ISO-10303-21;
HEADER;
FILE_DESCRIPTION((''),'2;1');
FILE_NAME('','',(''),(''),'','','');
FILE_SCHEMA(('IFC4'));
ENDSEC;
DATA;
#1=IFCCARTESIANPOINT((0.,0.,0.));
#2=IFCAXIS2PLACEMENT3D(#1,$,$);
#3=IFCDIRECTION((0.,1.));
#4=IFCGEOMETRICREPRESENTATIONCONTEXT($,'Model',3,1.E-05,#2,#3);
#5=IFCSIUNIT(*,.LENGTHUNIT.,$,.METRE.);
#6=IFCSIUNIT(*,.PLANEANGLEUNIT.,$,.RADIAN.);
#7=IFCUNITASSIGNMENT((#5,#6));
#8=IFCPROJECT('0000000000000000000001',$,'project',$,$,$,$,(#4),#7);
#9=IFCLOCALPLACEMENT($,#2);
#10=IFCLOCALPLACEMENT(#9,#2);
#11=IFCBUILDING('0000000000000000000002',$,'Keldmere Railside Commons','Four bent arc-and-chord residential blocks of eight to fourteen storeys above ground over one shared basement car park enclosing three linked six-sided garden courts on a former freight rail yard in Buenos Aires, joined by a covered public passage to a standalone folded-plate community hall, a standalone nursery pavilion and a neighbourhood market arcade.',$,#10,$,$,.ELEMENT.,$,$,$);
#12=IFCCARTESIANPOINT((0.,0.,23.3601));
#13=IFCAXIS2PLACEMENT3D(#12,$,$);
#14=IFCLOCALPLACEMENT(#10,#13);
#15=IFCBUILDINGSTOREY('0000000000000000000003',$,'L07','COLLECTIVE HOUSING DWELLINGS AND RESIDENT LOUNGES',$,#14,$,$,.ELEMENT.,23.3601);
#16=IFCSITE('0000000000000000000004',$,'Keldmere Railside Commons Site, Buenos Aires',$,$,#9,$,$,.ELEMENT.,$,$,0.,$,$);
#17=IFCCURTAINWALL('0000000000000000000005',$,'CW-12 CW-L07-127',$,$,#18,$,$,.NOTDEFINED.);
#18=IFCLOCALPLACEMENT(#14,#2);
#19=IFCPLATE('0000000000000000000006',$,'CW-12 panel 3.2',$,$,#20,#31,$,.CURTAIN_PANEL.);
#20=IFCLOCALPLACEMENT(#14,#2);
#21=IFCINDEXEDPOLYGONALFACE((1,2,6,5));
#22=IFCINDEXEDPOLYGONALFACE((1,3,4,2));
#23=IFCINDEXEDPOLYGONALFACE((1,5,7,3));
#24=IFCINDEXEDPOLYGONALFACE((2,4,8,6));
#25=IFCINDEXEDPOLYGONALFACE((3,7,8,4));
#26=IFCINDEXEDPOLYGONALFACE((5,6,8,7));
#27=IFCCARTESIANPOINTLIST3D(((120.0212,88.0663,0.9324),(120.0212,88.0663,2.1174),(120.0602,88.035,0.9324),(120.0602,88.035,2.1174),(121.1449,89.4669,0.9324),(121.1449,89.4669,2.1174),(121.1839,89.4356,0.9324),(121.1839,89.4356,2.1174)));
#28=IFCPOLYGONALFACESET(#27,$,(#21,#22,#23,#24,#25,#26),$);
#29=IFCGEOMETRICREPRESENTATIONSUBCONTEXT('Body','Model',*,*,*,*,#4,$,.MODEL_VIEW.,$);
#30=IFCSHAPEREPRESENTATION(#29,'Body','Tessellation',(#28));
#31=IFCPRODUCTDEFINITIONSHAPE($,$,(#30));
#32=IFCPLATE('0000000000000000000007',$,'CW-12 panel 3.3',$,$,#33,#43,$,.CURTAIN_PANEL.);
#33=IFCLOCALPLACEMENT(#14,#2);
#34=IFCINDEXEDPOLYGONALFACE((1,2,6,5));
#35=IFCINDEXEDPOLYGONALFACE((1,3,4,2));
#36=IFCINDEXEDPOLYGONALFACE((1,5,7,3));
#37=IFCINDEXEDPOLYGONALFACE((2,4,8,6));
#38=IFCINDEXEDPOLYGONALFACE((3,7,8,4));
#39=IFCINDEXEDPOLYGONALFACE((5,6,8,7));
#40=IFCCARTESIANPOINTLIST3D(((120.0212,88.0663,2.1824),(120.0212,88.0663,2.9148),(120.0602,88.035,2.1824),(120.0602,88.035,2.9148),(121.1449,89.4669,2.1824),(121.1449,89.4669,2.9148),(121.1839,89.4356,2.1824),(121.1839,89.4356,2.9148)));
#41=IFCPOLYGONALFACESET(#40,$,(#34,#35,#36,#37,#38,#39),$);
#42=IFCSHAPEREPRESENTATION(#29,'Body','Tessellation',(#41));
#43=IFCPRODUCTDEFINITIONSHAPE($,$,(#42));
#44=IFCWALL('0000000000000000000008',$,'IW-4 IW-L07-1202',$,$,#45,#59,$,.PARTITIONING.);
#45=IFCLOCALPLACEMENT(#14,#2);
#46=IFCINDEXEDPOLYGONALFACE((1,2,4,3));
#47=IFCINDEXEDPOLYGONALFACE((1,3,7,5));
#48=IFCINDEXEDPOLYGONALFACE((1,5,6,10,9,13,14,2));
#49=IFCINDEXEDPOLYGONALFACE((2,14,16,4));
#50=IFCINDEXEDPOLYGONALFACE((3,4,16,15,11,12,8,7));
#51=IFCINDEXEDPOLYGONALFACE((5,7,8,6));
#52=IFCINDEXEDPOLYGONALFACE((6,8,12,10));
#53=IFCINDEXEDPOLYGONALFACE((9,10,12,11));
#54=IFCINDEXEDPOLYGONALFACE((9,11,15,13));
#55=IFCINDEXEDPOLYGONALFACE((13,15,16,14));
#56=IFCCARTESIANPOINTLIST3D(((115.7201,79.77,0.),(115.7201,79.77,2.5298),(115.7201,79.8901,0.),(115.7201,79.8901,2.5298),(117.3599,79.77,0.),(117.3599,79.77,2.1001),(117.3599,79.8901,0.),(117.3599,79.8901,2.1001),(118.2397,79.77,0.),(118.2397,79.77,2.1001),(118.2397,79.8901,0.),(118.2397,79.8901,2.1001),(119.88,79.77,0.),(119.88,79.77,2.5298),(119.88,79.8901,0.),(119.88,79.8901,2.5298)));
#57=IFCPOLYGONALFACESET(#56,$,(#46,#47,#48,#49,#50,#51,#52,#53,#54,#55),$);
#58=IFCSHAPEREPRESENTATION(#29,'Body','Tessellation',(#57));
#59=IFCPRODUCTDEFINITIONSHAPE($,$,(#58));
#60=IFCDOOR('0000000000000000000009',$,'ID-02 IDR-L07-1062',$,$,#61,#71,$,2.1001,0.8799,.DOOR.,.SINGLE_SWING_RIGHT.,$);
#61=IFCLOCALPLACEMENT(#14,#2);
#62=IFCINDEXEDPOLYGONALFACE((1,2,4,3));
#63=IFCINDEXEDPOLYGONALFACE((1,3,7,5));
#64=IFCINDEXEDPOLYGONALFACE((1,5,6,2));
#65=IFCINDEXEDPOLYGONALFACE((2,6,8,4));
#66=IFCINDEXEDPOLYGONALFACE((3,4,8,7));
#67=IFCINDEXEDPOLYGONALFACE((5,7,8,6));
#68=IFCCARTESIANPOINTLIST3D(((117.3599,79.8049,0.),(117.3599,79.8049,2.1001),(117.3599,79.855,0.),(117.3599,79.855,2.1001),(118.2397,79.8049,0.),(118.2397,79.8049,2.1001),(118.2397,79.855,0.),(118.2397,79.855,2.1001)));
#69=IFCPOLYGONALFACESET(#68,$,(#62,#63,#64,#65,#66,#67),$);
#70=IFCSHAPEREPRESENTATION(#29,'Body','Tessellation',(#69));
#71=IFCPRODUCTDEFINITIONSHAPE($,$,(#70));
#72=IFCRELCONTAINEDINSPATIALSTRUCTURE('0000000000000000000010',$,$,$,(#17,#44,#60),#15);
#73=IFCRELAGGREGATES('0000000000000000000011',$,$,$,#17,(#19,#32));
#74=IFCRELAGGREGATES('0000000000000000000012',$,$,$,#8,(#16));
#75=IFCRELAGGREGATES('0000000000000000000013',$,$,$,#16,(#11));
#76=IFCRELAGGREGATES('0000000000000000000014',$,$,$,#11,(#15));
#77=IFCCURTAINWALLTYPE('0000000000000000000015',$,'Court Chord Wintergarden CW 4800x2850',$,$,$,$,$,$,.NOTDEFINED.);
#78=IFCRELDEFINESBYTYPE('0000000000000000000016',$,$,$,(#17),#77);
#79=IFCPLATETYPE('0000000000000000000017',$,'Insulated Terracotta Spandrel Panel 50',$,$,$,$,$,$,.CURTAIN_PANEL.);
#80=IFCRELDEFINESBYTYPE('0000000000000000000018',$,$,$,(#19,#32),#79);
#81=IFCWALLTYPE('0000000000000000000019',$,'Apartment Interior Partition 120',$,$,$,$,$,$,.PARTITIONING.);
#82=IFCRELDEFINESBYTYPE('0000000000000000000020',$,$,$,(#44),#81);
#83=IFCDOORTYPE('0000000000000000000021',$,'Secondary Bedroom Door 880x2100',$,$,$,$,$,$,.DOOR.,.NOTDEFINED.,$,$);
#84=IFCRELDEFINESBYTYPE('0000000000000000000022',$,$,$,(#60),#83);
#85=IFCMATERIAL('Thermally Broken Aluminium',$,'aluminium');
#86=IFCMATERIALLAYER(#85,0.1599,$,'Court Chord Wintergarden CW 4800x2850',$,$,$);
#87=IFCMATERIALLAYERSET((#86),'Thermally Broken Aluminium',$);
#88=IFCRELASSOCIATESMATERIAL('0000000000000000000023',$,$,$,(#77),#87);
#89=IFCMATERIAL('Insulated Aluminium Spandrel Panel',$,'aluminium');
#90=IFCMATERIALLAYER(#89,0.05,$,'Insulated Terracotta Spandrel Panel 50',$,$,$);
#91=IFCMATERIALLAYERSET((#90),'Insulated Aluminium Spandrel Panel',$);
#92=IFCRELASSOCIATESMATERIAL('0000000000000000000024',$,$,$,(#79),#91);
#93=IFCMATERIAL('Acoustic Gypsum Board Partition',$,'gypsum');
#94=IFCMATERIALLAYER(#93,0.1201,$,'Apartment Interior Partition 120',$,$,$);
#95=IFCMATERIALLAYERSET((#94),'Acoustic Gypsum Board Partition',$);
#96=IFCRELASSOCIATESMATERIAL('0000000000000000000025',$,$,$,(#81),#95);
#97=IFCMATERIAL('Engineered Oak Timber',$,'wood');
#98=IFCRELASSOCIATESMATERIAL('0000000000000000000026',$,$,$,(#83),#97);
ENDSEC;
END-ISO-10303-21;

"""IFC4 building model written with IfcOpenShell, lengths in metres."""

from ifc_helpers import new_model, si_unit, direction, frame, frame_2d, origin, origin_2d, place, context, subcontext, project, spatial, rectangle, extrude, material, layer, layer_set, type_object, element, fill, aggregate, save


model = new_model("IFC4")

# Units and contexts
model_context = context("Model", 3, precision=1e-05, world=origin(), true_north=direction((0.0, 1.0)))
body_context = subcontext(model_context, "Body", "Model", "MODEL_VIEW")
ifc_project = project(units=[si_unit("LENGTHUNIT", "METRE"), si_unit("PLANEANGLEUNIT", "RADIAN")], contexts=[model_context])

# Site, building, storey
site_placement = place(None, origin())
site = spatial("IfcSite", under=ifc_project, at=site_placement, Name="Keldmere Railside Commons Site, Buenos Aires", CompositionType="ELEMENT", RefElevation=0.0)
building_placement = place(site_placement, origin())
building = spatial("IfcBuilding", under=site, at=building_placement, Name="Keldmere Railside Commons", Description="Four bent arc-and-chord residential blocks of eight to fourteen storeys above ground over one shared basement car park enclosing three linked six-sided garden courts on a former freight rail yard in Buenos Aires, joined by a covered public passage to a standalone folded-plate community hall, a standalone nursery pavilion and a neighbourhood market arcade.", CompositionType="ELEMENT")
storey_placement = place(building_placement, frame((0.0, 0.0, 23.3601)))
storey = spatial("IfcBuildingStorey", under=building, at=storey_placement, Name="L07", Description="COLLECTIVE HOUSING DWELLINGS AND RESIDENT LOUNGES", CompositionType="ELEMENT", Elevation=23.3601)

# Curtain wall, plates
ifc_material_1 = material(Name="Thermally Broken Aluminium", Category="aluminium")
ifc_layer_1 = layer(ifc_material_1, 0.1599, Name="Court Chord Wintergarden CW 4800x2850")
ifc_layer_set_1 = layer_set([ifc_layer_1], Name="Thermally Broken Aluminium")
curtain_wall_type = type_object("IfcCurtainWallType", Name="Court Chord Wintergarden CW 4800x2850", PredefinedType="NOTDEFINED", material=ifc_layer_set_1)
curtain_wall_placement = place(storey_placement, origin())
curtain_wall = element("IfcCurtainWall", 1, at=curtain_wall_placement, inside=storey, type_object=curtain_wall_type, Name="CW-12 CW-L07-127", PredefinedType="NOTDEFINED")
ifc_material_2 = material(Name="Insulated Aluminium Spandrel Panel", Category="aluminium")
ifc_layer_2 = layer(ifc_material_2, 0.05, Name="Insulated Terracotta Spandrel Panel 50")
ifc_layer_set_2 = layer_set([ifc_layer_2], Name="Insulated Aluminium Spandrel Panel")
plate_type = type_object("IfcPlateType", Name="Insulated Terracotta Spandrel Panel 50", PredefinedType="CURTAIN_PANEL", material=ifc_layer_set_2)
plate_1_placement = place(storey_placement, frame((120.6025, 88.751, 0.9324), z_axis=(0.0, 0.0, 1.0), x_axis=(-0.625768, -0.780009, 0.0)))
plate_1 = element("IfcPlate", 2, at=plate_1_placement, type_object=plate_type, Name="CW-12 panel 3.2", PredefinedType="CURTAIN_PANEL", context=body_context, shape_type="SweptSolid", body=[
    extrude(rectangle(XDim=1.7957, YDim=0.05, at=origin_2d()), origin(), (0.0, 0.0, 1.0), 1.1851),
])
plate_2_placement = place(storey_placement, frame((120.6025, 88.751, 2.1824), z_axis=(0.0, 0.0, 1.0), x_axis=(-0.625768, -0.780009, 0.0)))
plate_2 = element("IfcPlate", 3, at=plate_2_placement, type_object=plate_type, Name="CW-12 panel 3.3", PredefinedType="CURTAIN_PANEL", context=body_context, shape_type="SweptSolid", body=[
    extrude(rectangle(XDim=1.7957, YDim=0.05, at=origin_2d()), origin(), (0.0, 0.0, 1.0), 0.7324),
])
aggregate(curtain_wall, [plate_1, plate_2])

# Wall, opening, door
ifc_material_3 = material(Name="Acoustic Gypsum Board Partition", Category="gypsum")
ifc_layer_3 = layer(ifc_material_3, 0.1201, Name="Apartment Interior Partition 120")
ifc_layer_set_3 = layer_set([ifc_layer_3], Name="Acoustic Gypsum Board Partition")
wall_type_1 = type_object("IfcWallType", Name="Apartment Interior Partition 120", PredefinedType="PARTITIONING", material=ifc_layer_set_3)
wall_1_placement = place(storey_placement, frame((115.72, 79.8301, 0.0), z_axis=(0.0, 0.0, 1.0), x_axis=(1.0, 0.0, 0.0)))
wall_1 = element("IfcWall", 4, at=wall_1_placement, inside=storey, type_object=wall_type_1, Name="IW-4 IW-L07-1202", PredefinedType="PARTITIONING", context=body_context, shape_type="SweptSolid", body=[
    extrude(rectangle(XDim=4.1599, YDim=0.1201, at=frame_2d((2.0801, 0.0))), origin(), (0.0, 0.0, 1.0), 2.5298),
])
opening_1_placement = place(wall_1_placement, frame((1.6399, 0.0, 0.0)))
opening_1 = element("IfcOpeningElement", 5, at=opening_1_placement, cuts=wall_1, PredefinedType="OPENING", context=body_context, shape_type="SweptSolid", body=[
    extrude(rectangle(XDim=0.8799, YDim=2.1001, at=frame_2d((0.4399, 1.05))), frame((0.0, 0.0701, 0.0), z_axis=(0.0, -1.0, 0.0), x_axis=(1.0, 0.0, 0.0)), (0.0, 0.0, 1.0), 0.1401),
])
ifc_material_4 = material(Name="Engineered Oak Timber", Category="wood")
door_type_1 = type_object("IfcDoorType", Name="Secondary Bedroom Door 880x2100", OperationType="NOTDEFINED", PredefinedType="DOOR", material=ifc_material_4)
door_1_placement = place(opening_1_placement, origin())
door_1 = element("IfcDoor", 6, at=door_1_placement, inside=storey, type_object=door_type_1, Name="ID-02 IDR-L07-1062", OperationType="SINGLE_SWING_RIGHT", OverallHeight=2.1001, OverallWidth=0.8799, PredefinedType="DOOR", context=body_context, shape_type="SweptSolid", body=[
    extrude(rectangle(XDim=0.8799, YDim=2.1001, at=frame_2d((0.4399, 1.05))), frame((0.0, 0.0249, 0.0), z_axis=(0.0, -1.0, 0.0), x_axis=(1.0, 0.0, 0.0)), (0.0, 0.0, 1.0), 0.05),
])
fill(opening_1, door_1)

save(model, "model.ifc")
